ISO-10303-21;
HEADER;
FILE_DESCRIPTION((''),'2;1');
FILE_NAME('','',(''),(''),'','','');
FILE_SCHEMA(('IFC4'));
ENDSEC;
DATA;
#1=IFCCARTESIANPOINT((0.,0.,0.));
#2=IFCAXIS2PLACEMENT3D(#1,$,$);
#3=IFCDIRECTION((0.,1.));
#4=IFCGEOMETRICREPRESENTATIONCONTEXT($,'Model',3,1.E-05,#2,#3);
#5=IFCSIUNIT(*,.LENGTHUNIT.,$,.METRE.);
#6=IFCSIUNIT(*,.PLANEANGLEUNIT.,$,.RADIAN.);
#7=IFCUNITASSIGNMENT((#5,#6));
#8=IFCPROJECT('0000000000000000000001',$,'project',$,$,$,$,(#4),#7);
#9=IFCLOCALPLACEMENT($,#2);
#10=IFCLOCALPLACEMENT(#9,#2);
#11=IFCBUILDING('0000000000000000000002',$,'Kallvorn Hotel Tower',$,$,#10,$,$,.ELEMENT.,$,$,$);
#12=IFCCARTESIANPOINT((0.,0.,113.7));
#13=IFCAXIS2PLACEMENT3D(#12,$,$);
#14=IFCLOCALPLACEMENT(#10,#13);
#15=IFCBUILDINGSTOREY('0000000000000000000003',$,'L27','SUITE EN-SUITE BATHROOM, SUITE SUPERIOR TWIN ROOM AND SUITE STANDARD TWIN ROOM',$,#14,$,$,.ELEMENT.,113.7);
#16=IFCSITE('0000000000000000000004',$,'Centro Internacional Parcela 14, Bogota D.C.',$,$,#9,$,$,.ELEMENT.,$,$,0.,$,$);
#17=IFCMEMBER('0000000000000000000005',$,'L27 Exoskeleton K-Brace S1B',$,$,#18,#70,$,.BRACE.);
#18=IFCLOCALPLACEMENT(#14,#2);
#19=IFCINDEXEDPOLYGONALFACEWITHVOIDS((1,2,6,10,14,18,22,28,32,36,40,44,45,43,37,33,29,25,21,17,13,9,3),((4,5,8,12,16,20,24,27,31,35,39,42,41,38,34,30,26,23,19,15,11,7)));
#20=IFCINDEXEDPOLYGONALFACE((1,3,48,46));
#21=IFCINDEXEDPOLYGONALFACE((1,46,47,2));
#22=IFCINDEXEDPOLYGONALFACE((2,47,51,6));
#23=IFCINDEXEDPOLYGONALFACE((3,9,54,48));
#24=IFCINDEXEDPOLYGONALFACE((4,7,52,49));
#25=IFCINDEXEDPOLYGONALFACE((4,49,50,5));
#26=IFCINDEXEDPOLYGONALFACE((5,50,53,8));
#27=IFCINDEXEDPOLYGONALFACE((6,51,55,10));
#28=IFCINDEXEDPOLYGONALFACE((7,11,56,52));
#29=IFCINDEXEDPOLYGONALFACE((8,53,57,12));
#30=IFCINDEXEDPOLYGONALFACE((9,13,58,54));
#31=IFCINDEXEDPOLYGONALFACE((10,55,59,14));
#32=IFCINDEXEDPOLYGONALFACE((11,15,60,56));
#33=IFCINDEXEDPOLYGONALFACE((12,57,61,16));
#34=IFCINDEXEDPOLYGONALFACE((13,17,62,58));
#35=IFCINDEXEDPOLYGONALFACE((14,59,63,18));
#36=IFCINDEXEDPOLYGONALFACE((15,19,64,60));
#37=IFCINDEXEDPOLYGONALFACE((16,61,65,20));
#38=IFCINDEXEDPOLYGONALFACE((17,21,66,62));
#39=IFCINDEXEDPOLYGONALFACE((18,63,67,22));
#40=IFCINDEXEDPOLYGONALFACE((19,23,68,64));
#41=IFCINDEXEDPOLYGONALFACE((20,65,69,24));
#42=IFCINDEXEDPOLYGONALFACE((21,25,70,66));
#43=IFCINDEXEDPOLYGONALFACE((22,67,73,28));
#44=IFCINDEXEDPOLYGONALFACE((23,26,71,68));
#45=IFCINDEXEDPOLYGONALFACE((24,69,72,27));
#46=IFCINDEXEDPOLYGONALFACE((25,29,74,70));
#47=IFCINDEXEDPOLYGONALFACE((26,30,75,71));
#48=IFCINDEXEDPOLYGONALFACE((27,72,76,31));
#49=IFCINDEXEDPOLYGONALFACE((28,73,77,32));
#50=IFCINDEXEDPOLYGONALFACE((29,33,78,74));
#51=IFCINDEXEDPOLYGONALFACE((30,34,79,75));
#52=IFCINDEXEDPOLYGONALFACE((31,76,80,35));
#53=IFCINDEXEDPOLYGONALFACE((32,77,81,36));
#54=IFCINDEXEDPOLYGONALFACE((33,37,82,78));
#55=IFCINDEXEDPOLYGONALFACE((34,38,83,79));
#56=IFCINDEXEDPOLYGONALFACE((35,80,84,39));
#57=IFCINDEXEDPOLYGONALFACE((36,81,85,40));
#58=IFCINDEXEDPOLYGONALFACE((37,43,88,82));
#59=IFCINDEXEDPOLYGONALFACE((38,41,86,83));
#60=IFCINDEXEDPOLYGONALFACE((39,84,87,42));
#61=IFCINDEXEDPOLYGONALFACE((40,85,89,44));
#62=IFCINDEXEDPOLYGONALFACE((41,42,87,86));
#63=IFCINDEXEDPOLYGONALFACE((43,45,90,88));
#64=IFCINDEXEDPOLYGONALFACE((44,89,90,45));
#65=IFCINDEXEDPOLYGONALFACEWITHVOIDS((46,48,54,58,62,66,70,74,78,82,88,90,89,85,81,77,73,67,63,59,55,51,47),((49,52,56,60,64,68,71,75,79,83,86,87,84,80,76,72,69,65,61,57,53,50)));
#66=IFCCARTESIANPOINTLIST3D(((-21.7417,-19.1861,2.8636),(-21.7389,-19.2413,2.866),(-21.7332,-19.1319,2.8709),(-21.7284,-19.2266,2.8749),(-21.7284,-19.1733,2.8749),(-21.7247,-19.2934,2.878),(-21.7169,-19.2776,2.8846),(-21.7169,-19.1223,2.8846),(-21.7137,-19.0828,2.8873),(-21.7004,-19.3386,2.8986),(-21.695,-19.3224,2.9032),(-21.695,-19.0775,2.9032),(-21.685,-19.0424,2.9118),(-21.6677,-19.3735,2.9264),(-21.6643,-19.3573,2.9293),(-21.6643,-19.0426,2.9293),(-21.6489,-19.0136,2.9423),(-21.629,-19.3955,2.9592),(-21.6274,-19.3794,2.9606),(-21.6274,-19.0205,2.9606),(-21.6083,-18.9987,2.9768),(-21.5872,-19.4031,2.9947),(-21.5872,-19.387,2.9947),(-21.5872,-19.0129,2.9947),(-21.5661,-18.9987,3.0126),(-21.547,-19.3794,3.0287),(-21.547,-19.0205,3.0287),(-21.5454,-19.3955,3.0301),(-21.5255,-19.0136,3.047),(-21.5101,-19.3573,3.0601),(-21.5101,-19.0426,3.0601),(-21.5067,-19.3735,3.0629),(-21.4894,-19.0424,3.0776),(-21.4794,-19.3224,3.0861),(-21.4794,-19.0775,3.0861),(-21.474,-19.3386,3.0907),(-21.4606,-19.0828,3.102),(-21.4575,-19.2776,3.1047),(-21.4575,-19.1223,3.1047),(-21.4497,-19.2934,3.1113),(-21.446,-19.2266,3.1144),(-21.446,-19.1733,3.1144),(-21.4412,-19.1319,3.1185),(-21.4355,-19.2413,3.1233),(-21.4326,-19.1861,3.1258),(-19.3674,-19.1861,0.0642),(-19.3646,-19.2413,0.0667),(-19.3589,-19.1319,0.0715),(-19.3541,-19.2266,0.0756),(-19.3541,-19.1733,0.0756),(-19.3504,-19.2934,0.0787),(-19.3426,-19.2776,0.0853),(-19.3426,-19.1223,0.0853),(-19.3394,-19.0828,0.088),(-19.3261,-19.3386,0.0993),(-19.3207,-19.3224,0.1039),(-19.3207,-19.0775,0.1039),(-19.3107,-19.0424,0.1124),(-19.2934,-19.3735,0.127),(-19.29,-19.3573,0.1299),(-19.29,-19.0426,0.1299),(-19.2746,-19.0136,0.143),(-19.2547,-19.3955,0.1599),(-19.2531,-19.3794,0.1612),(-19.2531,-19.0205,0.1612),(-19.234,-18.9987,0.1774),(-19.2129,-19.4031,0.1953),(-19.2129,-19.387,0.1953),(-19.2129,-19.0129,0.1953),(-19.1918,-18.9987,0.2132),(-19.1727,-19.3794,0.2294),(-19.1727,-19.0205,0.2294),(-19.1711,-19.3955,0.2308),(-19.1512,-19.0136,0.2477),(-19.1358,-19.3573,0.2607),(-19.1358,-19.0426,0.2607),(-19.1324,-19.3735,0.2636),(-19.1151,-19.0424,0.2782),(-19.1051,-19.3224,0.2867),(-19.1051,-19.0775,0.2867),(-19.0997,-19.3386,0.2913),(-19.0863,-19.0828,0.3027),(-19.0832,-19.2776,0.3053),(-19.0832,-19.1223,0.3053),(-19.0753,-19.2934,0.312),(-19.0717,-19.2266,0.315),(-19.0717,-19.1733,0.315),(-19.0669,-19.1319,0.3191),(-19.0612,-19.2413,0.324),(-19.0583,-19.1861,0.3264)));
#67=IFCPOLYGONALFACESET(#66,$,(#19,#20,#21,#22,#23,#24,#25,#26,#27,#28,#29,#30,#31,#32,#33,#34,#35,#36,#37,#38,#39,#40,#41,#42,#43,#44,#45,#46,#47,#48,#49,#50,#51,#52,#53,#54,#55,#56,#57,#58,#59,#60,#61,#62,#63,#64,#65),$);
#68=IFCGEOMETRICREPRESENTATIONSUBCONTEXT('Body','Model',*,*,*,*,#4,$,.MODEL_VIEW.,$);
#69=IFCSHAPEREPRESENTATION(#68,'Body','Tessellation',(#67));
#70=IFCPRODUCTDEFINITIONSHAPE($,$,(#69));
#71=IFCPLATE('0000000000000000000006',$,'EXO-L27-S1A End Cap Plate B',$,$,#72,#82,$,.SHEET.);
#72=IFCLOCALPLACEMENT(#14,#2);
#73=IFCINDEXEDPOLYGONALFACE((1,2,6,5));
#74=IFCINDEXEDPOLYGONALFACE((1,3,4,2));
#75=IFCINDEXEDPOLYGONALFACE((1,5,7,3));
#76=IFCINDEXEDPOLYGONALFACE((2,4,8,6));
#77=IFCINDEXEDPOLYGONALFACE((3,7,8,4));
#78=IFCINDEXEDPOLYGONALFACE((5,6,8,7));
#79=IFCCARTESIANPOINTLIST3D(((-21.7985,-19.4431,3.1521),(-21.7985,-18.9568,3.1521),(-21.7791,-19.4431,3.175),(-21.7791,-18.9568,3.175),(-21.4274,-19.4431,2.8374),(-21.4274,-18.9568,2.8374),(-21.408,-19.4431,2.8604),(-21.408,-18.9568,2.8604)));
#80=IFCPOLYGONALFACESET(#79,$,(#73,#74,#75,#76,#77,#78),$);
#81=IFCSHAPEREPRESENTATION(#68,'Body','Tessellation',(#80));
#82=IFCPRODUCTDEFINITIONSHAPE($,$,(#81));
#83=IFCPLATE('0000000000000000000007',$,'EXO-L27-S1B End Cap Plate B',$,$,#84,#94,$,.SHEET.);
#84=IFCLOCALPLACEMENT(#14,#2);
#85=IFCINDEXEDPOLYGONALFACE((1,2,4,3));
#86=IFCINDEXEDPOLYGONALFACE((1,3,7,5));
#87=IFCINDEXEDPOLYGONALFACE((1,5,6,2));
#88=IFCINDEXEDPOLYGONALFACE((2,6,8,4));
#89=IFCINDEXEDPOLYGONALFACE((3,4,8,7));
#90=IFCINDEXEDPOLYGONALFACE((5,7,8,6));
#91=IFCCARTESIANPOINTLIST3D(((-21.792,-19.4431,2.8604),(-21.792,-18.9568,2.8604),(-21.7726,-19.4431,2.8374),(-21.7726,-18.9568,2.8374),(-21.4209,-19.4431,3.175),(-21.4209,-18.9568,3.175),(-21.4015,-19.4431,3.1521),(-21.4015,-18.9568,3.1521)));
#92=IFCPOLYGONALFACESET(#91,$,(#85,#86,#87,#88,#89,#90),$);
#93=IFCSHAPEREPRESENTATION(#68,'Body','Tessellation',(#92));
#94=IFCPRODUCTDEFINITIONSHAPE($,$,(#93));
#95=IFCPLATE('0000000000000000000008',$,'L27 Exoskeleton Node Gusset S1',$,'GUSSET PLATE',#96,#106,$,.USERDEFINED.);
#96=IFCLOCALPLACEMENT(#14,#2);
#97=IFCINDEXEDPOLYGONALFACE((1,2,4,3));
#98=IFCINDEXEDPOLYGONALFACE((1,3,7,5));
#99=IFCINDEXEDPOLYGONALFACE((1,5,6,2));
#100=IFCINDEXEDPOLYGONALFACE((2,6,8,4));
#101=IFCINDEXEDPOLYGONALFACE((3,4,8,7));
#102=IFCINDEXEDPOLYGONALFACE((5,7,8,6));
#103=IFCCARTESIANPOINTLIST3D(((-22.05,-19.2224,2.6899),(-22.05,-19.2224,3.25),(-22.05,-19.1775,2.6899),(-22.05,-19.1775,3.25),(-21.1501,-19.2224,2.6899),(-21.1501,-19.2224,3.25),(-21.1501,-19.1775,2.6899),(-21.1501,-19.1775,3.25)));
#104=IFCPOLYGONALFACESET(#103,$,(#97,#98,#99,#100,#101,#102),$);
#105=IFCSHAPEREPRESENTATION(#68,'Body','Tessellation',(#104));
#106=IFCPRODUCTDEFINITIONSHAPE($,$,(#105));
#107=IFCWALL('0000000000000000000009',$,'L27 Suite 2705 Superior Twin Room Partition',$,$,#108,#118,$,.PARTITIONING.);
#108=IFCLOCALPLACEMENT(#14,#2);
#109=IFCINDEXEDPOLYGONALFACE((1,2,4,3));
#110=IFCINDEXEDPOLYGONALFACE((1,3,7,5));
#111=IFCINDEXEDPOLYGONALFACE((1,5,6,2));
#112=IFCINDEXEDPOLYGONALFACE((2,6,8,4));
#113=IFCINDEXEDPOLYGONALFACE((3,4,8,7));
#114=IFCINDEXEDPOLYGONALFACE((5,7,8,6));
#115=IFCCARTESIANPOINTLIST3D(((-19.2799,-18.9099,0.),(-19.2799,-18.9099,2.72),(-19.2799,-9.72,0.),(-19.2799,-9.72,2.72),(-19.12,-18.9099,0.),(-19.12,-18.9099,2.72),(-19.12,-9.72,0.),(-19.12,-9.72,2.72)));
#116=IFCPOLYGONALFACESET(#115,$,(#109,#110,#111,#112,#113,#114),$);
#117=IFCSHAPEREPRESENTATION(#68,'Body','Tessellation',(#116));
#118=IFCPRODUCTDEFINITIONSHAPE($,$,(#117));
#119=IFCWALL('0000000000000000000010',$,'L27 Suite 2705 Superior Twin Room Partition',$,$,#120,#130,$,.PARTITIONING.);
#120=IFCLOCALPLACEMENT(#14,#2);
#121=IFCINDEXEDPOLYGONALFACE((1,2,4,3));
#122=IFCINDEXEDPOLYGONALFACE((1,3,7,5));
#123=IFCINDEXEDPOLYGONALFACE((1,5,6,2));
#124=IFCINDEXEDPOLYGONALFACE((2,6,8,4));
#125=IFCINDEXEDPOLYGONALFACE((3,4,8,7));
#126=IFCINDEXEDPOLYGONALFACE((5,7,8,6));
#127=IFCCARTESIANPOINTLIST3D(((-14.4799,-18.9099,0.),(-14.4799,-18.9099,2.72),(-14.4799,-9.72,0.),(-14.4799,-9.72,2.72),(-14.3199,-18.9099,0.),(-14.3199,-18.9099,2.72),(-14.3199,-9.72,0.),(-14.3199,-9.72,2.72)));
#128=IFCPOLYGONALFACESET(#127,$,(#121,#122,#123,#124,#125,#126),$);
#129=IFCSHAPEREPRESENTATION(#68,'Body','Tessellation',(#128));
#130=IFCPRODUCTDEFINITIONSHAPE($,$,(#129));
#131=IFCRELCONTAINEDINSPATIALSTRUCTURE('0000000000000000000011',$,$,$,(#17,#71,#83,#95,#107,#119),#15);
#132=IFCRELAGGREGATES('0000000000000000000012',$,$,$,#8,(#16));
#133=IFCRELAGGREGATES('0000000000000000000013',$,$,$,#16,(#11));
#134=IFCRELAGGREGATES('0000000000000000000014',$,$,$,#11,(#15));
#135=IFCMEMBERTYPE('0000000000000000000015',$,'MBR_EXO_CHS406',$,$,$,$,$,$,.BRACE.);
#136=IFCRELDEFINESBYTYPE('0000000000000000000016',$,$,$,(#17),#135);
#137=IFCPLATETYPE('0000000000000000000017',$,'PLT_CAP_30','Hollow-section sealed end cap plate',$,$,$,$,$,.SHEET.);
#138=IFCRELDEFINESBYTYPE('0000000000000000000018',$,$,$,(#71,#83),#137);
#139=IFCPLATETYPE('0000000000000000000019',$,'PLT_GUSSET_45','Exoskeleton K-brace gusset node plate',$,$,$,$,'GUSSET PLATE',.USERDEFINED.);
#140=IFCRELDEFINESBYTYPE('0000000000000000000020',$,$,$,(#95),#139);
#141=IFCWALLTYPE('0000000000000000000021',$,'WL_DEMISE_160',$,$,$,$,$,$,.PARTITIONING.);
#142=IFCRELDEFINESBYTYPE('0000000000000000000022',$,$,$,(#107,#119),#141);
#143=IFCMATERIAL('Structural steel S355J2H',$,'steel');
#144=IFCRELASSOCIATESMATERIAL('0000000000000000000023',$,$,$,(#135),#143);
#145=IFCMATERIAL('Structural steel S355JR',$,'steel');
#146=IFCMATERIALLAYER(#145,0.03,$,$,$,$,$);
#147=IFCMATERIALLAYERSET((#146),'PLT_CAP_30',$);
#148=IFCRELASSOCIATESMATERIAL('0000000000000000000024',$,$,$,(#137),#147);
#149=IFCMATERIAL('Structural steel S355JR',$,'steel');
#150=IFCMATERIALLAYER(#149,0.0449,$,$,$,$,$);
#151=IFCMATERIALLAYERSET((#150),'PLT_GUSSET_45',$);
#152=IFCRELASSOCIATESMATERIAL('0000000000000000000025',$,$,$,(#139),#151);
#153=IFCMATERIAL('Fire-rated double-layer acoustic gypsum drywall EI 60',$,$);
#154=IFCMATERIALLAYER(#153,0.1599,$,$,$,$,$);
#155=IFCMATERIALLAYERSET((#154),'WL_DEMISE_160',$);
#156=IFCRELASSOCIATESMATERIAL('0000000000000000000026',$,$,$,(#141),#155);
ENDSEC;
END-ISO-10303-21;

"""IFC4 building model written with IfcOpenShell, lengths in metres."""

from ifc_helpers import new_model, si_unit, direction, frame, frame_2d, origin, origin_2d, place, context, subcontext, project, spatial, polyline, rectangle, hollow_circle, outline, extrude, material, layer, layer_set, material_profile, profile_set, type_object, element, save


model = new_model("IFC4")

# Units and contexts
model_context = context("Model", 3, precision=1e-05, world=origin(), true_north=direction((0.0, 1.0)))
body_context = subcontext(model_context, "Body", "Model", "MODEL_VIEW")
ifc_project = project(units=[si_unit("LENGTHUNIT", "METRE"), si_unit("PLANEANGLEUNIT", "RADIAN")], contexts=[model_context])

# Site, building, storey
site_placement = place(None, origin())
site = spatial("IfcSite", under=ifc_project, at=site_placement, Name="Centro Internacional Parcela 14, Bogota D.C.", CompositionType="ELEMENT", RefElevation=0.0)
building_placement = place(site_placement, origin())
building = spatial("IfcBuilding", under=site, at=building_placement, Name="Kallvorn Hotel Tower", CompositionType="ELEMENT")
storey_placement = place(building_placement, frame((0.0, 0.0, 113.7)))
storey = spatial("IfcBuildingStorey", under=building, at=storey_placement, Name="L27", Description="SUITE EN-SUITE BATHROOM, SUITE SUPERIOR TWIN ROOM AND SUITE STANDARD TWIN ROOM", CompositionType="ELEMENT", Elevation=113.7)

# Member
ifc_material_1 = material(Name="Structural steel S355J2H", Category="steel")
ifc_material_profile_1 = material_profile(ifc_material_1, hollow_circle(Radius=0.2031, WallThickness=0.0161, at=origin_2d()), Name="CHS 406.4x16")
ifc_profile_set_1 = profile_set([ifc_material_profile_1], Name="Structural steel S355J2H")
member_type = type_object("IfcMemberType", Name="MBR_EXO_CHS406", PredefinedType="BRACE", material=ifc_profile_set_1)
member_placement = place(storey_placement, frame((-19.2129, -19.2, 0.1953), z_axis=(-0.646833, 0.0, 0.762631), x_axis=(0.0, -1.0, 0.0)))
element("IfcMember", 1, at=member_placement, inside=storey, type_object=member_type, Name="L27 Exoskeleton K-Brace S1B", PredefinedType="BRACE", context=body_context, shape_type="SweptSolid", body=[
    extrude(hollow_circle(Radius=0.2031, WallThickness=0.0161, at=origin_2d()), origin(), (0.0, 0.0, 1.0), 3.6707),
])

# Plates
ifc_material_2 = material(Name="Structural steel S355JR", Category="steel")
ifc_layer_1 = layer(ifc_material_2, 0.03)
ifc_layer_set_1 = layer_set([ifc_layer_1], Name="PLT_CAP_30")
plate_type_1 = type_object("IfcPlateType", Name="PLT_CAP_30", Description="Hollow-section sealed end cap plate", PredefinedType="SHEET", material=ifc_layer_set_1)
for number, where, z_axis, x_axis, name in (
    (2, (-21.408, -19.4431, 2.8604), (0.646774, 0.0, 0.762682), (0.0, 1.0, 0.0), "EXO-L27-S1A End Cap Plate B"),
    (3, (-21.792, -18.9568, 2.8604), (-0.646774, 0.0, 0.762682), (0.0, -1.0, 0.0), "EXO-L27-S1B End Cap Plate B"),
):
    element("IfcPlate", number, at=place(storey_placement, frame(where, z_axis=z_axis, x_axis=x_axis)), inside=storey, type_object=plate_type_1, Name=name, PredefinedType="SHEET", context=body_context, shape_type="SweptSolid", body=[
        extrude(outline(polyline([(0.0, 0.0), (0.4863, 0.0), (0.4863, 0.4866), (0.0, 0.4866), (0.0, 0.0)])), origin(), (0.0, 0.0, -1.0), 0.03),
    ])
ifc_material_3 = material(Name="Structural steel S355JR", Category="steel")
ifc_layer_2 = layer(ifc_material_3, 0.0449)
ifc_layer_set_2 = layer_set([ifc_layer_2], Name="PLT_GUSSET_45")
plate_type_2 = type_object("IfcPlateType", Name="PLT_GUSSET_45", Description="Exoskeleton K-brace gusset node plate", ElementType="GUSSET PLATE", PredefinedType="USERDEFINED", material=ifc_layer_set_2)
plate_placement = place(storey_placement, frame((-21.6001, -19.2, 2.6899), z_axis=(0.0, 0.0, 1.0), x_axis=(1.0, 0.0, 0.0)))
element("IfcPlate", 4, at=plate_placement, inside=storey, type_object=plate_type_2, Name="L27 Exoskeleton Node Gusset S1", ObjectType="GUSSET PLATE", PredefinedType="USERDEFINED", context=body_context, shape_type="SweptSolid", body=[
    extrude(rectangle(XDim=0.8999, YDim=0.0449, at=origin_2d()), origin(), (0.0, 0.0, 1.0), 0.5601),
])

# Walls
ifc_material_4 = material(Name="Fire-rated double-layer acoustic gypsum drywall EI 60")
ifc_layer_3 = layer(ifc_material_4, 0.1599)
ifc_layer_set_3 = layer_set([ifc_layer_3], Name="WL_DEMISE_160")
wall_type = type_object("IfcWallType", Name="WL_DEMISE_160", PredefinedType="PARTITIONING", material=ifc_layer_set_3)
for number, where, z_axis, x_axis, name in (
    (5, (-19.2, -18.9099, 0.0), (0.0, 0.0, 1.0), (0.0, 1.0, 0.0), "L27 Suite 2705 Superior Twin Room Partition"),
    (6, (-14.3999, -18.9099, 0.0), (0.0, 0.0, 1.0), (0.0, 1.0, 0.0), "L27 Suite 2705 Superior Twin Room Partition"),
):
    element("IfcWall", number, at=place(storey_placement, frame(where, z_axis=z_axis, x_axis=x_axis)), inside=storey, type_object=wall_type, Name=name, PredefinedType="PARTITIONING", context=body_context, shape_type="SweptSolid", body=[
        extrude(rectangle(XDim=9.1899, YDim=0.1599, at=frame_2d((4.595, 0.0))), origin(), (0.0, 0.0, 1.0), 2.72),
    ])

save(model, "model.ifc")
